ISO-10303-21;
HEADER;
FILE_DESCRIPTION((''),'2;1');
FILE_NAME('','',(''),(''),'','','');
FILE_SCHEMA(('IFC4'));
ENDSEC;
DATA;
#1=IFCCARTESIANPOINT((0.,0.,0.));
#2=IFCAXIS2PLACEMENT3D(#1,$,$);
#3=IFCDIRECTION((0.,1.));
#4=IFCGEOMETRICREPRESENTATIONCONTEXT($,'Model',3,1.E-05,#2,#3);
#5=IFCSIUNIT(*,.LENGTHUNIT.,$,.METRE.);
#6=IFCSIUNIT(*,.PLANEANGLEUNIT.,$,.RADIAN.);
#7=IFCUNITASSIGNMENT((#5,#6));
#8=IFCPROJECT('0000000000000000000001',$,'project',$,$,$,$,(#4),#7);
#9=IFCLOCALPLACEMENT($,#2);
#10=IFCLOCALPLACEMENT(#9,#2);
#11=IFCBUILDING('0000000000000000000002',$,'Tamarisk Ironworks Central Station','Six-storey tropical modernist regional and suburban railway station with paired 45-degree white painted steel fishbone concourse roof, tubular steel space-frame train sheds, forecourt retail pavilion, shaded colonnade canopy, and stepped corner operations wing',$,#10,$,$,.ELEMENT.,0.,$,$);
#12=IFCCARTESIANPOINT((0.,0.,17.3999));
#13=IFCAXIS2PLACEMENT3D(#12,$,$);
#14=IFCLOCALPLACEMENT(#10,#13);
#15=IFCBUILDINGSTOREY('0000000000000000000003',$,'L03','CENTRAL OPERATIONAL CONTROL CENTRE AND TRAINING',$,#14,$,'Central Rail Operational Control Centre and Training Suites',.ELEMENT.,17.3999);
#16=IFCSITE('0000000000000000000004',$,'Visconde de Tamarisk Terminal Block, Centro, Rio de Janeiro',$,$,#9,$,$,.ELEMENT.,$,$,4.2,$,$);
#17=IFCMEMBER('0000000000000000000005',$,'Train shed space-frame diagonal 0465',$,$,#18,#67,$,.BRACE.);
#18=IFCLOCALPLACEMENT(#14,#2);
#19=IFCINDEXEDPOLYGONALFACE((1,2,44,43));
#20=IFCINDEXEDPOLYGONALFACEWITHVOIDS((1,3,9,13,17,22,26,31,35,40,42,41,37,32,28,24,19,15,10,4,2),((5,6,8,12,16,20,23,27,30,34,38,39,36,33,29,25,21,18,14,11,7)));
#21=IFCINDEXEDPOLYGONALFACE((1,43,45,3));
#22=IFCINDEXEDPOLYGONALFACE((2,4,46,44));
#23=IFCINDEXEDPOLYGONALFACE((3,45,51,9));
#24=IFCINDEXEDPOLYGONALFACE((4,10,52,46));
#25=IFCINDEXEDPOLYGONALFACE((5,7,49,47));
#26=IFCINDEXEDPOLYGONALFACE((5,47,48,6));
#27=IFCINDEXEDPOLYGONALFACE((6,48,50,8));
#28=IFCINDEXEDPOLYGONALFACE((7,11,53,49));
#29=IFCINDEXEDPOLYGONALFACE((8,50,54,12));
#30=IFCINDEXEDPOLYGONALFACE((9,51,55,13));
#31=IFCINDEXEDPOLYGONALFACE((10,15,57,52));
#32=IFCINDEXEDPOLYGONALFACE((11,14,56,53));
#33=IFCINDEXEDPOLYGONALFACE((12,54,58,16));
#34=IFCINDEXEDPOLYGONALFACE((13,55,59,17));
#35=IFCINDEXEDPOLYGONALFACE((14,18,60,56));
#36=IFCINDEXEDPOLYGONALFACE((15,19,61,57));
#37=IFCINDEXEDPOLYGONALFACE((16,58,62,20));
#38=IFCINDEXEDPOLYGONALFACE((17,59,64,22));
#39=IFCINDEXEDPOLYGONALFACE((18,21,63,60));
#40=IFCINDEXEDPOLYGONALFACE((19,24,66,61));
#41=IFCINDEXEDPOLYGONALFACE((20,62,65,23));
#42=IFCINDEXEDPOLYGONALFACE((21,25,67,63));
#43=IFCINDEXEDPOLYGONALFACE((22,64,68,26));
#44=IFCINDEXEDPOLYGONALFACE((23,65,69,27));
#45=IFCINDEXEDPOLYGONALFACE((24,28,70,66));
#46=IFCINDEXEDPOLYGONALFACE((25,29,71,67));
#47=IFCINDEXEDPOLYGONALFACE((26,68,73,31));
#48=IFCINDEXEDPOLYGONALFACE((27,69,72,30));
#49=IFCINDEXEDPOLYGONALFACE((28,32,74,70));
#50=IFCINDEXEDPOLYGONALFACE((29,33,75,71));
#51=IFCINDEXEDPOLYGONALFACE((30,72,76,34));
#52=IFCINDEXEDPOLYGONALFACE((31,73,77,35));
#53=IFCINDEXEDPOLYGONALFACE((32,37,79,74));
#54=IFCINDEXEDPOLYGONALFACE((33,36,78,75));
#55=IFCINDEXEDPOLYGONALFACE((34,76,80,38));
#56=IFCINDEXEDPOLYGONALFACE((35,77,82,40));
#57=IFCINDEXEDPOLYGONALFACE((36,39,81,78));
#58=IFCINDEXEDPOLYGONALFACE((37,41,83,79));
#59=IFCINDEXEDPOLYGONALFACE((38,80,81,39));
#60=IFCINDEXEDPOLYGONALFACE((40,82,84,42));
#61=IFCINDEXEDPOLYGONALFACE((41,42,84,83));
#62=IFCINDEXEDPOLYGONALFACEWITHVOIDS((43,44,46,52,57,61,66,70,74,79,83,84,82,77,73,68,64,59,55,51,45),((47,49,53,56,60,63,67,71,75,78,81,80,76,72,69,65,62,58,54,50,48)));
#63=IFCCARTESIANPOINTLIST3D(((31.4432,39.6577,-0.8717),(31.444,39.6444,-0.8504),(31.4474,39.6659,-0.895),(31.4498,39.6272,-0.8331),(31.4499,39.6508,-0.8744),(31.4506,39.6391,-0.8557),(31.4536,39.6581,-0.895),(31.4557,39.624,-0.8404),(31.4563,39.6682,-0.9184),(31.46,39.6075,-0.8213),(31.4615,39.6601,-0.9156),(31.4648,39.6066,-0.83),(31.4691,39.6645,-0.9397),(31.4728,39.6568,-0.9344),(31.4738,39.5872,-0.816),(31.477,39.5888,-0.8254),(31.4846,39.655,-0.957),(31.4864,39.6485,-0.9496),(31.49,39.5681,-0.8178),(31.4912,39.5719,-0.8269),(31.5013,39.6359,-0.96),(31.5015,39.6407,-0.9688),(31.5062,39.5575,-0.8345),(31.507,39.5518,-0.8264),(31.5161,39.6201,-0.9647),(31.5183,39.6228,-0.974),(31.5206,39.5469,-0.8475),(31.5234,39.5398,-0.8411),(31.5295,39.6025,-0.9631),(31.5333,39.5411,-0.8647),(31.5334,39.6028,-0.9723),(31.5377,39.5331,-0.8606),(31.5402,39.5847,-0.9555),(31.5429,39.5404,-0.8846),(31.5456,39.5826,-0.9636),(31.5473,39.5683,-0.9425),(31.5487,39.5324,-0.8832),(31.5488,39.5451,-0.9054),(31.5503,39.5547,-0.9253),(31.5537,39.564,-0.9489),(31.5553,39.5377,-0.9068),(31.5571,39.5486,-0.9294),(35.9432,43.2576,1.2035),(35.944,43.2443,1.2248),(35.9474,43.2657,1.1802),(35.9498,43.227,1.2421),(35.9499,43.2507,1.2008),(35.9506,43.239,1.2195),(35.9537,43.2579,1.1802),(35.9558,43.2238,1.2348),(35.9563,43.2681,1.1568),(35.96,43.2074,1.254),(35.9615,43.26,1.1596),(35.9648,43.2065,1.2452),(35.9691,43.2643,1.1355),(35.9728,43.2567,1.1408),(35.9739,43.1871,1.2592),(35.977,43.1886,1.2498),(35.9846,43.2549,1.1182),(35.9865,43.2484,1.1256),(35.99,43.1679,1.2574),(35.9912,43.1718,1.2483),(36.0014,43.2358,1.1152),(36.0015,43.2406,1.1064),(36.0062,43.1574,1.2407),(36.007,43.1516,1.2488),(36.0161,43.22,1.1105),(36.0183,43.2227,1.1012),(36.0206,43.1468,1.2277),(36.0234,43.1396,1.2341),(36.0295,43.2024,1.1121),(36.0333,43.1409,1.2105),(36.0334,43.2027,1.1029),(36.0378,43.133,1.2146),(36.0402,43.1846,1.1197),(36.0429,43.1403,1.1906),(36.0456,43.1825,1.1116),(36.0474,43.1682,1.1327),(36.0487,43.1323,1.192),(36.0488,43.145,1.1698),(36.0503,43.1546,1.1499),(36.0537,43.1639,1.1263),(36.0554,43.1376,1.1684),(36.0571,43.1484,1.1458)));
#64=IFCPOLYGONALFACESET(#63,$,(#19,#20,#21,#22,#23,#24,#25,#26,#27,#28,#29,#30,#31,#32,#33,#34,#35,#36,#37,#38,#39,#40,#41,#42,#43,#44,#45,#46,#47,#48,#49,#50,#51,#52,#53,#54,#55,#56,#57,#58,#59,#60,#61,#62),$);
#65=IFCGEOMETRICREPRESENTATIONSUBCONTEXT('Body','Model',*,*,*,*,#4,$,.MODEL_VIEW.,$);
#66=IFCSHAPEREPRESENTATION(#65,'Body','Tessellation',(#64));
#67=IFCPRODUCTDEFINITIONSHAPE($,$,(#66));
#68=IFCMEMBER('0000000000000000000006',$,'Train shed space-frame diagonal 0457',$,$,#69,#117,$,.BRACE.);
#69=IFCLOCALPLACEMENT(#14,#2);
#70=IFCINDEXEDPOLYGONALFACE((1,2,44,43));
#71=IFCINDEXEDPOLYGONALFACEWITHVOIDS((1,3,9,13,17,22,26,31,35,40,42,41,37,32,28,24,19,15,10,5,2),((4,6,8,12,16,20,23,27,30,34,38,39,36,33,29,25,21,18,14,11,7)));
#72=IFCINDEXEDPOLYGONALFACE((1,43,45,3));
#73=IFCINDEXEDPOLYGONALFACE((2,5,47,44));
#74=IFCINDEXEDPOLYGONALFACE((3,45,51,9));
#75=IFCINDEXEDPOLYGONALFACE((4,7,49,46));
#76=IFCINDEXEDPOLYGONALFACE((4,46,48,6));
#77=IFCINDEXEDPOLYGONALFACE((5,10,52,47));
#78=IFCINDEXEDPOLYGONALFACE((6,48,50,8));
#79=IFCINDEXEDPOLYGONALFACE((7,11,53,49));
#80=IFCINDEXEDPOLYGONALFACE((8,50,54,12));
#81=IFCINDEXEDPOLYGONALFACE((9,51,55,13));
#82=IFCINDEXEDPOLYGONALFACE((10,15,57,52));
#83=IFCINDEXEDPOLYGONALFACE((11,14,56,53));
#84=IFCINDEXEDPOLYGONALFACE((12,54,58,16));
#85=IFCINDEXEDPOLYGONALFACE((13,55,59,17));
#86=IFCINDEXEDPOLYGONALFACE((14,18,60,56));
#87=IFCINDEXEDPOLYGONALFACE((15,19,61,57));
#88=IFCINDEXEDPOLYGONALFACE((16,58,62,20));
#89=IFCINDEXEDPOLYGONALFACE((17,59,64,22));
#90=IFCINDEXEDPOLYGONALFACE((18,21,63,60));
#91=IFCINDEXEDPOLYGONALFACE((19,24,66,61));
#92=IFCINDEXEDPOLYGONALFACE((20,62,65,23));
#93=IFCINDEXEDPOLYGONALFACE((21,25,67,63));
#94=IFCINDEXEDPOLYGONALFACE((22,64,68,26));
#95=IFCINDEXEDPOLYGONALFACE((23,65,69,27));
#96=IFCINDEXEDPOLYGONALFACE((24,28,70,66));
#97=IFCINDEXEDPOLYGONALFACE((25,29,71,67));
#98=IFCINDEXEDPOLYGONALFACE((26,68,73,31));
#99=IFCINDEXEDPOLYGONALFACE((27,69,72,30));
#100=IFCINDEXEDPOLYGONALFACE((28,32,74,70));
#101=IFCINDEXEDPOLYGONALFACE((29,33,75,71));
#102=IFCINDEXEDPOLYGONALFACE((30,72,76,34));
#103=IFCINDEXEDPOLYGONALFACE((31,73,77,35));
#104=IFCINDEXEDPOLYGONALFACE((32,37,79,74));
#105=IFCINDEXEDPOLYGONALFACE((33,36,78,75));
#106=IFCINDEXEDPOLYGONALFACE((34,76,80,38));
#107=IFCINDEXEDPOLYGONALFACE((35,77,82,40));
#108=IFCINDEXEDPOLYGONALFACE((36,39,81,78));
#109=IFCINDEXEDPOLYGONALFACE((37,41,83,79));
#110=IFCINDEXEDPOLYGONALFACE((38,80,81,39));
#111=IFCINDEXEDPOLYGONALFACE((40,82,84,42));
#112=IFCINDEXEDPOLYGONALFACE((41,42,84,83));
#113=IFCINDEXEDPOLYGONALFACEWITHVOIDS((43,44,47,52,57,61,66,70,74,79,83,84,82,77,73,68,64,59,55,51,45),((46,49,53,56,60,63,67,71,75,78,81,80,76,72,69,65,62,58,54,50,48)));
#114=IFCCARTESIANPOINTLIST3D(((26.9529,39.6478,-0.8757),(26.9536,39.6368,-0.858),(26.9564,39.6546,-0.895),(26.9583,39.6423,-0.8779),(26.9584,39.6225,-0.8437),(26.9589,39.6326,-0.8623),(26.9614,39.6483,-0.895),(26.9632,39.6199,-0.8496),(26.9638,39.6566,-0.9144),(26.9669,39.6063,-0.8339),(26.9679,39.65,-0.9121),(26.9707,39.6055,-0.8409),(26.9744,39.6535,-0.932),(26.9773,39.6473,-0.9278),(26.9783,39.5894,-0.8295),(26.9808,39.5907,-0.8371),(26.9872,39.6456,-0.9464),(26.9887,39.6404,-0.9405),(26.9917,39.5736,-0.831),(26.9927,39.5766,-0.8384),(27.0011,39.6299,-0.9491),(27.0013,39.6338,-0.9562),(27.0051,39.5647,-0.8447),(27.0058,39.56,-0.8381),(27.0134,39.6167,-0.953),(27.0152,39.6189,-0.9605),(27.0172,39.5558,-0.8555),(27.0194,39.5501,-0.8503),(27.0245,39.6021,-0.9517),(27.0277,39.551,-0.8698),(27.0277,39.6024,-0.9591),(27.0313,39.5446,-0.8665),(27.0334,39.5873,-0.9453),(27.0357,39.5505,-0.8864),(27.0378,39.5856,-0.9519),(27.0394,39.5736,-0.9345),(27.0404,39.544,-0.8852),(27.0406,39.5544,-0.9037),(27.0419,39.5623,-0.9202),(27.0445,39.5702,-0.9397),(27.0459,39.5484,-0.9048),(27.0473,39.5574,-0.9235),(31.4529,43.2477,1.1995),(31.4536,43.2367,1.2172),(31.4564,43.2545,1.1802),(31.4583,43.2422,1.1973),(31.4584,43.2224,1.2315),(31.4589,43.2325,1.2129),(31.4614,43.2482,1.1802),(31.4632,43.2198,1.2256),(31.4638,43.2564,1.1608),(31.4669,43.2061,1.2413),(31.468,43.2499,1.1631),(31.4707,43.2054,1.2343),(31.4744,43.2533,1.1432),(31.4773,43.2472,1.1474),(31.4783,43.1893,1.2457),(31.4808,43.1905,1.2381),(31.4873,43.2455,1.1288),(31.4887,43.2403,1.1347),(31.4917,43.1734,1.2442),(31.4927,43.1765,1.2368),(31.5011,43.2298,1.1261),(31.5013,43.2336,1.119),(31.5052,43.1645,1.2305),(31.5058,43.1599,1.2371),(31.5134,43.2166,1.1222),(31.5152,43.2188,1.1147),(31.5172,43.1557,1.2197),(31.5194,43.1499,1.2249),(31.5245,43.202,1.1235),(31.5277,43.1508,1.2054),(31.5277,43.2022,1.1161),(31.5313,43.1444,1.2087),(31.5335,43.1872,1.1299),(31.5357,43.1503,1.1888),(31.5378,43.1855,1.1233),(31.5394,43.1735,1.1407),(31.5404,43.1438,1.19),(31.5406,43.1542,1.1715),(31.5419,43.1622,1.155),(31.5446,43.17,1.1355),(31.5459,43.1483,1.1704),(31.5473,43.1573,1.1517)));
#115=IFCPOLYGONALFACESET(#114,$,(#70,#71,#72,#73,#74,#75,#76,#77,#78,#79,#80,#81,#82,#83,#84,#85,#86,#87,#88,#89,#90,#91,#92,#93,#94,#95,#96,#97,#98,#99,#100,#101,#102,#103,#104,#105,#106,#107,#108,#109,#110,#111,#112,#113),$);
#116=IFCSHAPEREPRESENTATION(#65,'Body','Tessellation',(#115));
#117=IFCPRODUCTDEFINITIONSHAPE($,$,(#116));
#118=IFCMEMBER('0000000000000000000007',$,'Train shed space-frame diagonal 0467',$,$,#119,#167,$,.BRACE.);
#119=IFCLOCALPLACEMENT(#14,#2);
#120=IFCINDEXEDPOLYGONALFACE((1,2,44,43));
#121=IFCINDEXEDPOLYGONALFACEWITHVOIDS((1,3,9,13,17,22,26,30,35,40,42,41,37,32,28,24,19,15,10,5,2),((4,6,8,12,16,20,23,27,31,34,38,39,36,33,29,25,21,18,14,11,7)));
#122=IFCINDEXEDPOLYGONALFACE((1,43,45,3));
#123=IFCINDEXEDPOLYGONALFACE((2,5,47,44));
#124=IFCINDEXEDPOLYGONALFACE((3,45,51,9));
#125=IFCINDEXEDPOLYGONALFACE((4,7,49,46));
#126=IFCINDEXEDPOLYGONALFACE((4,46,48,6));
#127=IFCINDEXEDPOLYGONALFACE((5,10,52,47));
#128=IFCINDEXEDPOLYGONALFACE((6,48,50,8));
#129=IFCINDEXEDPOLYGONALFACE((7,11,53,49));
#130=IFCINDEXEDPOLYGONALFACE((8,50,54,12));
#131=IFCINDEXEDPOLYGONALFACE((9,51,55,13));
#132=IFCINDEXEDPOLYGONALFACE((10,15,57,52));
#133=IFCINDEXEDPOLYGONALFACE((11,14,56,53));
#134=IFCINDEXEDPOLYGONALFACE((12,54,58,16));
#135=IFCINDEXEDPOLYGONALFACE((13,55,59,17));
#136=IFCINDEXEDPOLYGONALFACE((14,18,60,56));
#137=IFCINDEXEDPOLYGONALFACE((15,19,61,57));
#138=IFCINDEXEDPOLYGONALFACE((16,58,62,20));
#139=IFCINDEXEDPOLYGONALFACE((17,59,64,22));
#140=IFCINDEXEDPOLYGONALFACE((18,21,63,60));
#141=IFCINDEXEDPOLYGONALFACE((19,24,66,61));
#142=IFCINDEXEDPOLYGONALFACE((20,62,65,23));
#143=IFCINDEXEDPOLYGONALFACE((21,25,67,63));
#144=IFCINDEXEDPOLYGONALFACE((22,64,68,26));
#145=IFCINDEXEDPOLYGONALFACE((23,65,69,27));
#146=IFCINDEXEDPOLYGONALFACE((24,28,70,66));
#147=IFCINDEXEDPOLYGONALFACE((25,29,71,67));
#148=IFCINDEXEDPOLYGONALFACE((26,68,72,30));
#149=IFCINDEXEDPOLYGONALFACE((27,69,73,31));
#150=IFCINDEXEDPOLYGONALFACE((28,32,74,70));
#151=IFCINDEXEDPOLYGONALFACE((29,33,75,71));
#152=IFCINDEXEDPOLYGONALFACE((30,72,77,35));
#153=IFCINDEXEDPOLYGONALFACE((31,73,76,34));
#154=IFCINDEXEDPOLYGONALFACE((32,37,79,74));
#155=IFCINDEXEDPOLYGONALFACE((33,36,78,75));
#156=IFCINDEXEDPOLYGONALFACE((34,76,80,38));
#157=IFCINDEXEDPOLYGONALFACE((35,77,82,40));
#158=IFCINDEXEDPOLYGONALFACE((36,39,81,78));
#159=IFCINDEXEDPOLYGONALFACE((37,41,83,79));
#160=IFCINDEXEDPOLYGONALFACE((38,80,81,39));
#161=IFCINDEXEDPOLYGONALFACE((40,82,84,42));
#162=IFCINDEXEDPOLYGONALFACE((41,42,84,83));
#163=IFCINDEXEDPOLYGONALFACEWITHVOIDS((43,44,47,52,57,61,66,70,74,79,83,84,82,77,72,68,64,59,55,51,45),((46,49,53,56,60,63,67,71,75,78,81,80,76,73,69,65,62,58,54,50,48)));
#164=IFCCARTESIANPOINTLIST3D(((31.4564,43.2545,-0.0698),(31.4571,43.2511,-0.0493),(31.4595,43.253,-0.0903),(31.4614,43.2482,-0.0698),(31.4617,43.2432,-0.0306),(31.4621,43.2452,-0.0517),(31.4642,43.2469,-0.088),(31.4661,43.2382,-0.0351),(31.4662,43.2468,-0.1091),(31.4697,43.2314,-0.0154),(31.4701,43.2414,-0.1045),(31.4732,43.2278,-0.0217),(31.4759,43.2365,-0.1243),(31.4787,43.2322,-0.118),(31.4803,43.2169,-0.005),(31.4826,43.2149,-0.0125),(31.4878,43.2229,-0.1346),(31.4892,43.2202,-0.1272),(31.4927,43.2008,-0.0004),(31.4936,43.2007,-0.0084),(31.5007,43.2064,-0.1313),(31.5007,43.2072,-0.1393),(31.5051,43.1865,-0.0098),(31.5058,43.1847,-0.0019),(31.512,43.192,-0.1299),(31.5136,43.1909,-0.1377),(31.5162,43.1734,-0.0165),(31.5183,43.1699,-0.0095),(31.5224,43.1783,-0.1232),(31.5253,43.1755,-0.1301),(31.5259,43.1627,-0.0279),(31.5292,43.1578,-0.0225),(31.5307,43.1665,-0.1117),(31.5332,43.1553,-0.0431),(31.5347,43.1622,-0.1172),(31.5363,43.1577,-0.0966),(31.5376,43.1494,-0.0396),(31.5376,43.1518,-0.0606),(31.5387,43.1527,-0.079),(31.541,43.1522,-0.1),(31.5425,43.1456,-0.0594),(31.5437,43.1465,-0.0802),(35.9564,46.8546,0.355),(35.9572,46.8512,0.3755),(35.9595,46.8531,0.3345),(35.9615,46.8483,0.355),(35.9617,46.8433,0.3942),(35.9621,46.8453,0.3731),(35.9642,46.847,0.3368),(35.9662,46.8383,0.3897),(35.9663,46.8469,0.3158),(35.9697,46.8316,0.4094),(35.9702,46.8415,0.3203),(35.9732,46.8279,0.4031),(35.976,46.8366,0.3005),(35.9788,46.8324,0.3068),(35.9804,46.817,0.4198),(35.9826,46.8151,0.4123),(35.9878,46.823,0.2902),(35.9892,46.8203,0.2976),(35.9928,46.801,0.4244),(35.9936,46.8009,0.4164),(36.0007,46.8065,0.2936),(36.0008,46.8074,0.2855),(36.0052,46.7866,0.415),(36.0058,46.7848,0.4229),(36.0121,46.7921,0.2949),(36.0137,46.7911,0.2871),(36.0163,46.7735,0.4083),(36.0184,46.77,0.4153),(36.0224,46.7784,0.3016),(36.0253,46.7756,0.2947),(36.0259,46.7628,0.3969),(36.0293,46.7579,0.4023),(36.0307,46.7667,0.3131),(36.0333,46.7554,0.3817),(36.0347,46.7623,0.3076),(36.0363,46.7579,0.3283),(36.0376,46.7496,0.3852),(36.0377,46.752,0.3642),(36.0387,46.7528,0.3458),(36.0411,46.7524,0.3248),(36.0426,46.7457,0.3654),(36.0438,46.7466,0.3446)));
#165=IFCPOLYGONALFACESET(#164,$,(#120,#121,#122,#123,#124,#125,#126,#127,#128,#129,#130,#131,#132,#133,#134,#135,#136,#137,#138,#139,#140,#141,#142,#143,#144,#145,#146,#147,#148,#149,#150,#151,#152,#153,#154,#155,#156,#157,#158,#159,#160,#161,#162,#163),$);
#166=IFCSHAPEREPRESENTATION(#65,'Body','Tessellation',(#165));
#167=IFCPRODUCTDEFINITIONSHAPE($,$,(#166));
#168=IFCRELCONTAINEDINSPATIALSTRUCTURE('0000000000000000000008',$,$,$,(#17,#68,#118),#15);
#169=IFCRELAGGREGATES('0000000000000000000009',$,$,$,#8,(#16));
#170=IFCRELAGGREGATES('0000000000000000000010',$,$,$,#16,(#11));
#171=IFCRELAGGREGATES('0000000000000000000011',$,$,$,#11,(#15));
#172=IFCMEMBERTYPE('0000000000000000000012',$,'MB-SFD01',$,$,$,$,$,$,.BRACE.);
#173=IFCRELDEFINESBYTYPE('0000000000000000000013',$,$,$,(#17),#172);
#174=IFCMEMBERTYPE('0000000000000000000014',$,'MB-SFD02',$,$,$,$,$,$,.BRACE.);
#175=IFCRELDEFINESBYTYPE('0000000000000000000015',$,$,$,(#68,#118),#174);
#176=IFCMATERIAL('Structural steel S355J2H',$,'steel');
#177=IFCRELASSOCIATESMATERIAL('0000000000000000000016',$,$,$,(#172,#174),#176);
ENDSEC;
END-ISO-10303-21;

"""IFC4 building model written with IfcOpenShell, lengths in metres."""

from ifc_helpers import new_model, si_unit, direction, frame, origin, origin_2d, place, context, subcontext, project, spatial, hollow_circle, extrude, material, material_profile, profile_set, type_object, element, save


model = new_model("IFC4")

# Units and contexts
model_context = context("Model", 3, precision=1e-05, world=origin(), true_north=direction((0.0, 1.0)))
body_context = subcontext(model_context, "Body", "Model", "MODEL_VIEW")
ifc_project = project(units=[si_unit("LENGTHUNIT", "METRE"), si_unit("PLANEANGLEUNIT", "RADIAN")], contexts=[model_context])

# Site, building, storey
site_placement = place(None, origin())
site = spatial("IfcSite", under=ifc_project, at=site_placement, Name="Visconde de Tamarisk Terminal Block, Centro, Rio de Janeiro", CompositionType="ELEMENT", RefElevation=4.2)
building_placement = place(site_placement, origin())
building = spatial("IfcBuilding", under=site, at=building_placement, Name="Tamarisk Ironworks Central Station", Description="Six-storey tropical modernist regional and suburban railway station with paired 45-degree white painted steel fishbone concourse roof, tubular steel space-frame train sheds, forecourt retail pavilion, shaded colonnade canopy, and stepped corner operations wing", CompositionType="ELEMENT", ElevationOfRefHeight=0.0)
storey_placement = place(building_placement, frame((0.0, 0.0, 17.3999)))
storey = spatial("IfcBuildingStorey", under=building, at=storey_placement, Name="L03", Description="CENTRAL OPERATIONAL CONTROL CENTRE AND TRAINING", LongName="Central Rail Operational Control Centre and Training Suites", CompositionType="ELEMENT", Elevation=17.3999)

# Members
ifc_material = material(Name="Structural steel S355J2H", Category="steel")
ifc_material_profile_1 = material_profile(ifc_material, hollow_circle(Radius=0.0842, WallThickness=0.01, at=origin_2d()), Name="CHS 168.3x10")
ifc_profile_set_1 = profile_set([ifc_material_profile_1], Name="Structural steel S355J2H")
member_type_1 = type_object("IfcMemberType", Name="MB-SFD01", PredefinedType="BRACE", material=ifc_profile_set_1)
member_1_placement = place(storey_placement, frame((31.5, 39.6001, -0.895), z_axis=(0.734696, 0.587733, 0.338809), x_axis=(-0.62468, 0.780881, 0.0)))
element("IfcMember", 1, at=member_1_placement, inside=storey, type_object=member_type_1, Name="Train shed space-frame diagonal 0465", PredefinedType="BRACE", context=body_context, shape_type="SweptSolid", body=[
    extrude(hollow_circle(Radius=0.0842, WallThickness=0.01, at=origin_2d()), origin(), (0.0, 0.0, 1.0), 6.125),
])
ifc_material_profile_2 = material_profile(ifc_material, hollow_circle(Radius=0.0698, WallThickness=0.0081, at=origin_2d()), Name="CHS 139.7x8")
ifc_profile_set_2 = profile_set([ifc_material_profile_2], Name="Structural steel S355J2H")
member_type_2 = type_object("IfcMemberType", Name="MB-SFD02", PredefinedType="BRACE", material=ifc_profile_set_2)
member_2_placement = place(storey_placement, frame((27.0, 39.6001, -0.895), z_axis=(0.734696, 0.587733, 0.338809), x_axis=(-0.62468, 0.780881, 0.0)))
element("IfcMember", 2, at=member_2_placement, inside=storey, type_object=member_type_2, Name="Train shed space-frame diagonal 0457", PredefinedType="BRACE", context=body_context, shape_type="SweptSolid", body=[
    extrude(hollow_circle(Radius=0.0698, WallThickness=0.0081, at=origin_2d()), origin(), (0.0, 0.0, 1.0), 6.125),
])
member_3_placement = place(storey_placement, frame((31.5, 43.2, -0.0698), z_axis=(0.778748, 0.623015, 0.073515), x_axis=(-0.624705, 0.780861, 0.0)))
element("IfcMember", 3, at=member_3_placement, inside=storey, type_object=member_type_2, Name="Train shed space-frame diagonal 0467", PredefinedType="BRACE", context=body_context, shape_type="SweptSolid", body=[
    extrude(hollow_circle(Radius=0.0698, WallThickness=0.0081, at=origin_2d()), origin(), (0.0, 0.0, 1.0), 5.7786),
])

save(model, "model.ifc")
